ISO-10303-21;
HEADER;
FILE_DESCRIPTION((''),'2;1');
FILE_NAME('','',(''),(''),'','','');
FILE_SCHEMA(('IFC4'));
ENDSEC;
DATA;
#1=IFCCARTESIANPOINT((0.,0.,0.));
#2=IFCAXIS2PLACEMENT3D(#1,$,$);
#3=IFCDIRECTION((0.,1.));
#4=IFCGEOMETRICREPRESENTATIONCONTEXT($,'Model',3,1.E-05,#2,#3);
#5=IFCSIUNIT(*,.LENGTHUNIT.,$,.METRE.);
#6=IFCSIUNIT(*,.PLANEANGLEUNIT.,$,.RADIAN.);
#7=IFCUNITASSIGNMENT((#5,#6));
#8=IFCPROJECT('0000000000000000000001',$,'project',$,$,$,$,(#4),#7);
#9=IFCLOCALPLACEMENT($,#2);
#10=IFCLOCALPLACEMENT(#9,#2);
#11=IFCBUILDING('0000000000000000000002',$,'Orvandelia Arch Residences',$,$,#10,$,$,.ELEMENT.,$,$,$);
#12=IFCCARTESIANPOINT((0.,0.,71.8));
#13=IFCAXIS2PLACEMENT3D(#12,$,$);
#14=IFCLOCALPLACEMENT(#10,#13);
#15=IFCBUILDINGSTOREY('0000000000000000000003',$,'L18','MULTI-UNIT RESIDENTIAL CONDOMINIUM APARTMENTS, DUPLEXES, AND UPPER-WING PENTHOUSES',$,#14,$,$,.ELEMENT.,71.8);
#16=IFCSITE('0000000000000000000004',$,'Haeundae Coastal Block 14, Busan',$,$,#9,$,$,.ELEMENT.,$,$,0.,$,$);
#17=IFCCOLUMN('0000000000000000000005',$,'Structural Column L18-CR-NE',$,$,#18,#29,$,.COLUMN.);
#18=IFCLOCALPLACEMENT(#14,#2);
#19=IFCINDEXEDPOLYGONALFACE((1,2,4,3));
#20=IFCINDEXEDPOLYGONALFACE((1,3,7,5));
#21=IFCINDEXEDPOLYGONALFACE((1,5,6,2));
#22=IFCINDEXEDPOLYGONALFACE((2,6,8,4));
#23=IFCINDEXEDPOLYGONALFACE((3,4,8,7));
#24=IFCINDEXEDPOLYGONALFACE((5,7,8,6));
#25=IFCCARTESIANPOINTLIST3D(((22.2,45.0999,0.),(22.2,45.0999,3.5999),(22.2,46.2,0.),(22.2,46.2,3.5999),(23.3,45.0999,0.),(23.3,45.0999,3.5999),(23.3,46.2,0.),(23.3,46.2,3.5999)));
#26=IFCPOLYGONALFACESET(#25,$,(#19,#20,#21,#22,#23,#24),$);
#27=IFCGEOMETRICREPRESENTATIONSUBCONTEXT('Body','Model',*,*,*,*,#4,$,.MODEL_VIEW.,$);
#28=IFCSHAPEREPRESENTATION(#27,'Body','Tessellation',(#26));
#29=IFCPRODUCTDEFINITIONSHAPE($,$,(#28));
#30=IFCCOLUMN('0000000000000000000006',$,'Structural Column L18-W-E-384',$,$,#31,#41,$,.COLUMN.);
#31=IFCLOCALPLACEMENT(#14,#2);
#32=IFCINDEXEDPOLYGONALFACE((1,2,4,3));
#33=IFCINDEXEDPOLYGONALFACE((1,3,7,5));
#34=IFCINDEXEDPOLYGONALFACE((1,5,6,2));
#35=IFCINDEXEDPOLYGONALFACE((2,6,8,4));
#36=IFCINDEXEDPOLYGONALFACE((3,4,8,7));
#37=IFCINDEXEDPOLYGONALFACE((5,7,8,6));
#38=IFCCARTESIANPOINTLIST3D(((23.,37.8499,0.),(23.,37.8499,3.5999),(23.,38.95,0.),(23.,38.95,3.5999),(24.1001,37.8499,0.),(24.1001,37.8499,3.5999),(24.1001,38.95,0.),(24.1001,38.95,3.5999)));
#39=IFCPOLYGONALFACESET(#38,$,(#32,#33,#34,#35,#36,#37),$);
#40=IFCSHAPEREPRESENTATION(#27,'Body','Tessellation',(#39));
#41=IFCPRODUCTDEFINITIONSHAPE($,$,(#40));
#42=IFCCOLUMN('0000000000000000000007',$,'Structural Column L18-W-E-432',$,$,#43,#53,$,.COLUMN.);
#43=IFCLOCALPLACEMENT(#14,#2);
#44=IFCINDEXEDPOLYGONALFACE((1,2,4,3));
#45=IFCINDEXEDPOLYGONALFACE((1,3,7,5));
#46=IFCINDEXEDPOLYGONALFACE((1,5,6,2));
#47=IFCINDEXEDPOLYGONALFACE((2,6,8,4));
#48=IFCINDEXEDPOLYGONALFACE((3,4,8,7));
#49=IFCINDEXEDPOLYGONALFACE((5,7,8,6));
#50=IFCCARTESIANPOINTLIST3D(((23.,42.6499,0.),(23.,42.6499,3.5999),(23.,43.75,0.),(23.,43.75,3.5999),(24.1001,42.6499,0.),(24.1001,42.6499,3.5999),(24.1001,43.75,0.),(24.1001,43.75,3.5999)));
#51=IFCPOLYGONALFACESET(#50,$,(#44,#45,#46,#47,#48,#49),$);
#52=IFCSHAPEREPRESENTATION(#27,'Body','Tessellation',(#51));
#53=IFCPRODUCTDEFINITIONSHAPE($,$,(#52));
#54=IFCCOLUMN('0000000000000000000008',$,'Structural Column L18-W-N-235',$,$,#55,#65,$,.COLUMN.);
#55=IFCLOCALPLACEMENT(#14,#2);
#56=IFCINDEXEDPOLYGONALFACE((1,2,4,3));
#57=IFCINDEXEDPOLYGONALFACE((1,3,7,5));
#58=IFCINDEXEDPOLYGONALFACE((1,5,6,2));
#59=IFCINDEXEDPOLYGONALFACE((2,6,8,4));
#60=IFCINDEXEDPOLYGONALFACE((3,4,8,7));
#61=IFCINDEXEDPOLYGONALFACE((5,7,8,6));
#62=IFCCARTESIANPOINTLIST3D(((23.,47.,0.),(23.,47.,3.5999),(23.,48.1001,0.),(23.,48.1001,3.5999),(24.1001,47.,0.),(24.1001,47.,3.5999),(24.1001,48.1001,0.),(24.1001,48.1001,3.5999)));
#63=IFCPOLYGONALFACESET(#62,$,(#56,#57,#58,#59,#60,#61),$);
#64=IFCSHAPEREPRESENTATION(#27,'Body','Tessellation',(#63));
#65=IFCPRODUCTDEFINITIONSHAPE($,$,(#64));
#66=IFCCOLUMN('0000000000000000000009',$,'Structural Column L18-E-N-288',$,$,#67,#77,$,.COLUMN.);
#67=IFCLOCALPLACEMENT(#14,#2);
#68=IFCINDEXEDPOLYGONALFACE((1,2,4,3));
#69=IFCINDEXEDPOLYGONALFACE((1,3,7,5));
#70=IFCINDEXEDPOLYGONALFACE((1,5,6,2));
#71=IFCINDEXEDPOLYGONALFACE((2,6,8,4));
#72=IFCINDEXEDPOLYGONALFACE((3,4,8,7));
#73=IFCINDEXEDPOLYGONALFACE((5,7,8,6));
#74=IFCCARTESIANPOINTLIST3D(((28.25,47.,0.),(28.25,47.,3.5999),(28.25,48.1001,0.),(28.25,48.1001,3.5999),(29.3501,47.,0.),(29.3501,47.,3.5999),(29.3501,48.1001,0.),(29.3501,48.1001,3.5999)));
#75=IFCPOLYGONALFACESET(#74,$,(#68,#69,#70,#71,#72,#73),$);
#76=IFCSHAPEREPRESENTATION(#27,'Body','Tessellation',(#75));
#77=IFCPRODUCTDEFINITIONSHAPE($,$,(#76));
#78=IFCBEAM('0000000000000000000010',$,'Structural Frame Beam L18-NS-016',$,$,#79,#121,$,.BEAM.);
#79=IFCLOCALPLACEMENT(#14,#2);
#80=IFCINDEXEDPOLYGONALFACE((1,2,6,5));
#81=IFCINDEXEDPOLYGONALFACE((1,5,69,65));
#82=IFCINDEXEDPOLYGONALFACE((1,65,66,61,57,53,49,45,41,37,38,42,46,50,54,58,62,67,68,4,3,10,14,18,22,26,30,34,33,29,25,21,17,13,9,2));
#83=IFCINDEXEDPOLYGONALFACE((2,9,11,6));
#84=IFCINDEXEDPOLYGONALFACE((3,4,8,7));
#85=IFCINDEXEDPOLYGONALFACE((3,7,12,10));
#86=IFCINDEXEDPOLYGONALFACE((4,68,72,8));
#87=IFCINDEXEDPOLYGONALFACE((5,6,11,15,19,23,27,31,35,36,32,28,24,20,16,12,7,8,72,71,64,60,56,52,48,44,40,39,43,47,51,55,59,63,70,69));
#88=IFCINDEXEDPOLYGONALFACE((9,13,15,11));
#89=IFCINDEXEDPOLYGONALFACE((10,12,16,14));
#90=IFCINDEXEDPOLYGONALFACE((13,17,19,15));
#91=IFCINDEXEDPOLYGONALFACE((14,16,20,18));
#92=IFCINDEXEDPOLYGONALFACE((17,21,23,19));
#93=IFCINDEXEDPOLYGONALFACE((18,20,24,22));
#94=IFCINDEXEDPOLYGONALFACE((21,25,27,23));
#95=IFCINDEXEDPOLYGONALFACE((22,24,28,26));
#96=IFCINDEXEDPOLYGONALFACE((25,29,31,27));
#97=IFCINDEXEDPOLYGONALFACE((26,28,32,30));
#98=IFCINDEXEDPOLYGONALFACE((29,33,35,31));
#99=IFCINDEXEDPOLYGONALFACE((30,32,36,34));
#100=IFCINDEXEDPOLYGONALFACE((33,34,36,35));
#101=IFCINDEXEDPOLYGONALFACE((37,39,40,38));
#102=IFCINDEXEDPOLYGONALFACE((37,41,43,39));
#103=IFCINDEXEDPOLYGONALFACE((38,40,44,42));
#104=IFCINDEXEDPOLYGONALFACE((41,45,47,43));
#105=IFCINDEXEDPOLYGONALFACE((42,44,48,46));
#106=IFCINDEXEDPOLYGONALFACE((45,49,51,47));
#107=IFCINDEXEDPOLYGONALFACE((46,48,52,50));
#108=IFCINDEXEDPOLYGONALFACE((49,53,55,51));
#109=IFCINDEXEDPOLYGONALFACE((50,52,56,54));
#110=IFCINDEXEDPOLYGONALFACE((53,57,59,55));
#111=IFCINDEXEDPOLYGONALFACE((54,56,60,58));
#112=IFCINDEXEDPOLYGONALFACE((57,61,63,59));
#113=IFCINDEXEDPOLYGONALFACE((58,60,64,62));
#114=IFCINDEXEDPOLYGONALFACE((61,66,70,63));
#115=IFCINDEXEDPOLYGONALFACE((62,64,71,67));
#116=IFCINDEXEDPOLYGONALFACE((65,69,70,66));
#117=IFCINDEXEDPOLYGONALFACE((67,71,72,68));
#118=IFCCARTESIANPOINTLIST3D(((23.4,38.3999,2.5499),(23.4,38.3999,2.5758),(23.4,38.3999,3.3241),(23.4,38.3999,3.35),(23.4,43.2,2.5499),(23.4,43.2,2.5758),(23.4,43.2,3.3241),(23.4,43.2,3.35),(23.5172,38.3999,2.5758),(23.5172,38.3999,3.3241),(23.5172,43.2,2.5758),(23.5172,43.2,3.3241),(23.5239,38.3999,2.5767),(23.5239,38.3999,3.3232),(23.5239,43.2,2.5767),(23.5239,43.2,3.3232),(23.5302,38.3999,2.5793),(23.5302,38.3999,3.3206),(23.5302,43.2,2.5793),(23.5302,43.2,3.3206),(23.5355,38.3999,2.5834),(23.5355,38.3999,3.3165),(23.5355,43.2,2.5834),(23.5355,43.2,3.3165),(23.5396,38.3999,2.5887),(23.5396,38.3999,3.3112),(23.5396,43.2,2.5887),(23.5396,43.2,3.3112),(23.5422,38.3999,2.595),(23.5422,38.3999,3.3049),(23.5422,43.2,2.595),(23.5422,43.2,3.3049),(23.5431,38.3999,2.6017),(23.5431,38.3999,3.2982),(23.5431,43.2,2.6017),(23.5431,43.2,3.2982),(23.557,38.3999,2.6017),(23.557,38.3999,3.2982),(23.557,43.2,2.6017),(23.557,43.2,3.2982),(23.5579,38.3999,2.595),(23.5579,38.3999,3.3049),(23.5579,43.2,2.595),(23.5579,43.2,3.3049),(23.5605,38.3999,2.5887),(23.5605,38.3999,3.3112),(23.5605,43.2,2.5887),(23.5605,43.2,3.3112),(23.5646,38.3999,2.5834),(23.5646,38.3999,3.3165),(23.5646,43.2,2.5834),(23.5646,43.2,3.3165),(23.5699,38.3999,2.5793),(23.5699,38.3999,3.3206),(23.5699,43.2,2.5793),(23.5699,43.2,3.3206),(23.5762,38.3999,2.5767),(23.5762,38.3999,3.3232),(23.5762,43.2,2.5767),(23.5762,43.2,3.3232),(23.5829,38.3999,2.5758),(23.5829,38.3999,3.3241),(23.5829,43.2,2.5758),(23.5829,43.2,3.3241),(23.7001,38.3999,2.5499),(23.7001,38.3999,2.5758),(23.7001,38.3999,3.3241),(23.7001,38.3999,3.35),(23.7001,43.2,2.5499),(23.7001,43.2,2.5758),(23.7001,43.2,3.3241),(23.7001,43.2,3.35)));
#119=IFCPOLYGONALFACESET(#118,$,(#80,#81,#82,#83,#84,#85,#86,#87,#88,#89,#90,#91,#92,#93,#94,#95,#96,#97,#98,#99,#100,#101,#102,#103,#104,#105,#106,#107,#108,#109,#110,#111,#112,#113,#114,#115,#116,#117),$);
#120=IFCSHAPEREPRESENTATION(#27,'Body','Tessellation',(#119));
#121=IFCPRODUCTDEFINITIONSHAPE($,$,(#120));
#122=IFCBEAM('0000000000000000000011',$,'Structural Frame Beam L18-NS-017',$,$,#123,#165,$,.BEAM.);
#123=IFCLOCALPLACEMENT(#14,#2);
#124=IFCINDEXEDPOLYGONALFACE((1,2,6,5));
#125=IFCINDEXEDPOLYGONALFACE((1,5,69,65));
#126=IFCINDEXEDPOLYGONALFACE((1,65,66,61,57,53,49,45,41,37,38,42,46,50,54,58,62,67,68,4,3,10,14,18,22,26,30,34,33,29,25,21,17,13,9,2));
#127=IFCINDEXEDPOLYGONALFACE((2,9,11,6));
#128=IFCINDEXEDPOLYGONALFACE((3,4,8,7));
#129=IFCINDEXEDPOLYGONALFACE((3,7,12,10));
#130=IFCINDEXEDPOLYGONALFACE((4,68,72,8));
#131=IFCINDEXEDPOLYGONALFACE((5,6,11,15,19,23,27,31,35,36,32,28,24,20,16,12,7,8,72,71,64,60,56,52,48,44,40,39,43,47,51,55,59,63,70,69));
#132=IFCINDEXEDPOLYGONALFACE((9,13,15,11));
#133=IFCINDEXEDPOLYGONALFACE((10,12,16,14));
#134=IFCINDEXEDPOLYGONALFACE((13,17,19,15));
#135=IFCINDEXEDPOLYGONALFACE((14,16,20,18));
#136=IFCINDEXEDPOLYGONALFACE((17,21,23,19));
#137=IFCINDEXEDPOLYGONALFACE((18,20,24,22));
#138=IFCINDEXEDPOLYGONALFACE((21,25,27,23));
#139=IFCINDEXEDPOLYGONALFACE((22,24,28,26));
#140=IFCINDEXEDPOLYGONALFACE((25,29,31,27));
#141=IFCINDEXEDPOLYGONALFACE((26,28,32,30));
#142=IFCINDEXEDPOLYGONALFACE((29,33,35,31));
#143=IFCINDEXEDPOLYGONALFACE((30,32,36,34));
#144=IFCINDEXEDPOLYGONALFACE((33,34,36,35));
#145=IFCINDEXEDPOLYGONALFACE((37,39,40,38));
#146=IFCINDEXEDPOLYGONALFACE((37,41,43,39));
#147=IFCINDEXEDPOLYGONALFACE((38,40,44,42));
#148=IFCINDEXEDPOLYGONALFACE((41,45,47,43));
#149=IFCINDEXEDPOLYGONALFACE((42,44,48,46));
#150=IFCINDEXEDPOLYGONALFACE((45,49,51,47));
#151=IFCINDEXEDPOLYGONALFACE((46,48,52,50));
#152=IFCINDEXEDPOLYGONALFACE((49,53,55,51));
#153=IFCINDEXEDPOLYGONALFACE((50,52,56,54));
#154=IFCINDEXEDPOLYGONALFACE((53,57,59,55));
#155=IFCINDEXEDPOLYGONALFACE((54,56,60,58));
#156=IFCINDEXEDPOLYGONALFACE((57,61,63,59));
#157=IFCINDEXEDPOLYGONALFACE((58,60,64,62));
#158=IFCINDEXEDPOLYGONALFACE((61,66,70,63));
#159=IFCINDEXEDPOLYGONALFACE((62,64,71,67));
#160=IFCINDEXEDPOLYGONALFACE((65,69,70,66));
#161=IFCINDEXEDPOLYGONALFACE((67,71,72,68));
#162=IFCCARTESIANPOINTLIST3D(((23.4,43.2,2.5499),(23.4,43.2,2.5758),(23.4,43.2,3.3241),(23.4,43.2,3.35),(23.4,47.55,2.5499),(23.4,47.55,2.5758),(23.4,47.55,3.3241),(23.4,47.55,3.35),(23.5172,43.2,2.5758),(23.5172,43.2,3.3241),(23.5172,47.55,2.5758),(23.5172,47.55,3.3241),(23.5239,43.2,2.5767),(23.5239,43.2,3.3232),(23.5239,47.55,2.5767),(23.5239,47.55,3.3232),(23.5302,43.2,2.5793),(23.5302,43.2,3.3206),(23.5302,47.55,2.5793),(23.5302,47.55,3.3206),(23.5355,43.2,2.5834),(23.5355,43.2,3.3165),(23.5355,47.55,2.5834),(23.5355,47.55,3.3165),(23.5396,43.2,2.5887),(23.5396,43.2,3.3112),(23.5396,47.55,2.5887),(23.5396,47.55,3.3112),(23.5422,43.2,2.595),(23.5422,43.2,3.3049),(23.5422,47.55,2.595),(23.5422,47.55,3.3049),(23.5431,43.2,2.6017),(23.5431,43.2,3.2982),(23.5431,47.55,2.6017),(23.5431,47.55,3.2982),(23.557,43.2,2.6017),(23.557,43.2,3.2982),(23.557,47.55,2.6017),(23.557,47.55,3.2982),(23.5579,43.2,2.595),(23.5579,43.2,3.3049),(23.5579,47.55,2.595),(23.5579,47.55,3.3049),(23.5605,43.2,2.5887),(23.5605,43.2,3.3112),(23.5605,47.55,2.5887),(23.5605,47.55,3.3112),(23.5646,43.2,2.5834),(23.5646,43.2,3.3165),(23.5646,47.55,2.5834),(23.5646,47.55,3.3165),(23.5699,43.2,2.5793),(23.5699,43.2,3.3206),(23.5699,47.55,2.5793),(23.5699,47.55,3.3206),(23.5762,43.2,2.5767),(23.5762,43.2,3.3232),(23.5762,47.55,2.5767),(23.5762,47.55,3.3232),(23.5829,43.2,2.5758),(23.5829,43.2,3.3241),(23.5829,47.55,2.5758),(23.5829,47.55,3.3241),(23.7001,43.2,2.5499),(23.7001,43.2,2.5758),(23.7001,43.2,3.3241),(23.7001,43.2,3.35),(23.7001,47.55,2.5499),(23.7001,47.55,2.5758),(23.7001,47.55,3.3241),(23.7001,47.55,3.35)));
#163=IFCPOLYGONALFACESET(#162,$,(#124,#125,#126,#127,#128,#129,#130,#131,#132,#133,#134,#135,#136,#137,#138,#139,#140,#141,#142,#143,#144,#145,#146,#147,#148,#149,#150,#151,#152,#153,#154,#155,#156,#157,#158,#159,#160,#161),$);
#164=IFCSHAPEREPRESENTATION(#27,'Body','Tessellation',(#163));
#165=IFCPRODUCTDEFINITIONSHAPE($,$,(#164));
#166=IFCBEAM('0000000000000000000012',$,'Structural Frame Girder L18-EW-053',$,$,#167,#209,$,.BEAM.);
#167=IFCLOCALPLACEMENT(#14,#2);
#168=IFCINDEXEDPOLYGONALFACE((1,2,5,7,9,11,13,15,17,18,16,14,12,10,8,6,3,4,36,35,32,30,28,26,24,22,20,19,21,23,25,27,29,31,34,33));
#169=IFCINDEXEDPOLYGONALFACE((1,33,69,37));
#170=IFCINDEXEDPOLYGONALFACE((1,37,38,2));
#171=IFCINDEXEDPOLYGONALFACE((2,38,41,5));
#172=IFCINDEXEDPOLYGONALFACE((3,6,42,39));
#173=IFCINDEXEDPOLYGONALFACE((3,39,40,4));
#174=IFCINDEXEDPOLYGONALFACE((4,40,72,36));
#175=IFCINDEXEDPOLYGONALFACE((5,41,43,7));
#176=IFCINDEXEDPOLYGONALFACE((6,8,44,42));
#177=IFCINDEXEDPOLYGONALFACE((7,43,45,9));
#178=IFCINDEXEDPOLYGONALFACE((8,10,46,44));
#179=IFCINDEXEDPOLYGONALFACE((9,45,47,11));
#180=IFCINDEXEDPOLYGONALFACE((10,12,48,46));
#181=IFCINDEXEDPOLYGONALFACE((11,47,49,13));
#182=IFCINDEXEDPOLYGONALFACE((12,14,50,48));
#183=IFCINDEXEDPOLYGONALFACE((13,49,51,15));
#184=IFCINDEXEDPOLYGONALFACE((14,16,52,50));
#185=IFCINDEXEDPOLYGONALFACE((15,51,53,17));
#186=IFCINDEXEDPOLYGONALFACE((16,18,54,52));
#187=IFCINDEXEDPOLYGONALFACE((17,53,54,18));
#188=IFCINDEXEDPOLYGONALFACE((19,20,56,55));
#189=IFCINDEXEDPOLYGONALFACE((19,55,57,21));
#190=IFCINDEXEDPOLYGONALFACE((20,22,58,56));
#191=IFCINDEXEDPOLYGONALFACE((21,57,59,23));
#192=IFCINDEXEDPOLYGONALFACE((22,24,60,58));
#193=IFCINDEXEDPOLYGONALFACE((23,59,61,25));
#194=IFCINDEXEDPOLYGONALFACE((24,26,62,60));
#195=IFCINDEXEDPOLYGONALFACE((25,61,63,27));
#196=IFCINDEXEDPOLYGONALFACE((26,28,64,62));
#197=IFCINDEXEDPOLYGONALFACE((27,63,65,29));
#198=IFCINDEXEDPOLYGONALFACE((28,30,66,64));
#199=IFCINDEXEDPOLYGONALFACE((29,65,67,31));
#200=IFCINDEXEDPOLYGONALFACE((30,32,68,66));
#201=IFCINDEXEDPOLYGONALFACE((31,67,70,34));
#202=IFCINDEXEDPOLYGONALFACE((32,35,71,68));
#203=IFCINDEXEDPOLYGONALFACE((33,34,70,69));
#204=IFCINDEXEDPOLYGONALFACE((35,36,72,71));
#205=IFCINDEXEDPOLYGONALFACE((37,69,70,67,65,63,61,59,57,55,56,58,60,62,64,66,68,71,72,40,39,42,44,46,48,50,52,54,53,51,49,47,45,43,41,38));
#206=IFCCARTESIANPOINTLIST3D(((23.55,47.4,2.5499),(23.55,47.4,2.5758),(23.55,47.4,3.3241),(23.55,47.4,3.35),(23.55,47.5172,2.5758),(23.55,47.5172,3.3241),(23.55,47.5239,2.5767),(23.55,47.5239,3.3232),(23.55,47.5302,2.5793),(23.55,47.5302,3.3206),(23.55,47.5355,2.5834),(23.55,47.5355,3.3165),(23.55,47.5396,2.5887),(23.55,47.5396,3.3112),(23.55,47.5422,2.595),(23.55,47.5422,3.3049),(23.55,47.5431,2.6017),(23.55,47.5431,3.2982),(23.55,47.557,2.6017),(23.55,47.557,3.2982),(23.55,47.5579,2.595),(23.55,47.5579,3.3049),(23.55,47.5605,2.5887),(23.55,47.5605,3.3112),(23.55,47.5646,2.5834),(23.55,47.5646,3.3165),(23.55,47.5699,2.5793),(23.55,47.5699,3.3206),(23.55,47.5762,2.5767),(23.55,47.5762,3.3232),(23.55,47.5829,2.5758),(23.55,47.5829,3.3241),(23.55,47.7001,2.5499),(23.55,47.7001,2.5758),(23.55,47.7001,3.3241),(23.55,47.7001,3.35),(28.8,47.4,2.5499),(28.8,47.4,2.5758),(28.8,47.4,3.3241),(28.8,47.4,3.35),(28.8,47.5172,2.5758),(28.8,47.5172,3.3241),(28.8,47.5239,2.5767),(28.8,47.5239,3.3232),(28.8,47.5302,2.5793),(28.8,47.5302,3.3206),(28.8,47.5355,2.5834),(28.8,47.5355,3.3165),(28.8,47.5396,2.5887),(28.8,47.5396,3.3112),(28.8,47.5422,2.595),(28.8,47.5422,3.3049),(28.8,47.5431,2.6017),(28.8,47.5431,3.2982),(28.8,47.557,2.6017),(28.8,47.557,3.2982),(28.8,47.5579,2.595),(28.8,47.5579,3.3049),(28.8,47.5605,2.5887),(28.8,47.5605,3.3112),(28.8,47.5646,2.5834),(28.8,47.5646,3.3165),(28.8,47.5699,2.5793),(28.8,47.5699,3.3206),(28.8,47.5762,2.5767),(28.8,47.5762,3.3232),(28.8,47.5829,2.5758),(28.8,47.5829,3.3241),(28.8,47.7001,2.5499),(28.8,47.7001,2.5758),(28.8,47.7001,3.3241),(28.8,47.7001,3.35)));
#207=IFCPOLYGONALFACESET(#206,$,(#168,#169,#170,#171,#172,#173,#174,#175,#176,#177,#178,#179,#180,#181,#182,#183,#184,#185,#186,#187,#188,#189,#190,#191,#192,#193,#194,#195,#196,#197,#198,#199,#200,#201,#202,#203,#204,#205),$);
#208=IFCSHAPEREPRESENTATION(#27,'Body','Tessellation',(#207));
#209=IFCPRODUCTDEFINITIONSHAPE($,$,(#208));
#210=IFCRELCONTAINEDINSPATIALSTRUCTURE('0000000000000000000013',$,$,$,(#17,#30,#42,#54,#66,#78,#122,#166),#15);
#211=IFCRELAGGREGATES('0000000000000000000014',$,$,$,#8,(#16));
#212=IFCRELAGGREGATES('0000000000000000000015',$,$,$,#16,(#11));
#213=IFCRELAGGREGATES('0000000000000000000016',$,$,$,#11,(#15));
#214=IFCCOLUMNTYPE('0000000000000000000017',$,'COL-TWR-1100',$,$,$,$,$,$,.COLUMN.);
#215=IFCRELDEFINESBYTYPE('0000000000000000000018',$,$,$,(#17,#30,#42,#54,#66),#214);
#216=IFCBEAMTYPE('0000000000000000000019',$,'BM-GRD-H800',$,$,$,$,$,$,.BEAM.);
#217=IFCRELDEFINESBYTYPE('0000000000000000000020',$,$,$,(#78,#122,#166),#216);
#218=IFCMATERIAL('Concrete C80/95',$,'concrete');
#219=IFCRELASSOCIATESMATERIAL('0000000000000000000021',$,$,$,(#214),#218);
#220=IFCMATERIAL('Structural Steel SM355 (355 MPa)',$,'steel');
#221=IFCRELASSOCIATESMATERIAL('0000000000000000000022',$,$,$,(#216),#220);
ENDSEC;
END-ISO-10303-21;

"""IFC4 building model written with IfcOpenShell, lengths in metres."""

from ifc_helpers import new_model, si_unit, direction, frame, origin, origin_2d, place, context, subcontext, project, spatial, rectangle, i_section, extrude, material, material_profile, profile_set, type_object, element, save


model = new_model("IFC4")

# Units and contexts
model_context = context("Model", 3, precision=1e-05, world=origin(), true_north=direction((0.0, 1.0)))
body_context = subcontext(model_context, "Body", "Model", "MODEL_VIEW")
ifc_project = project(units=[si_unit("LENGTHUNIT", "METRE"), si_unit("PLANEANGLEUNIT", "RADIAN")], contexts=[model_context])

# Site, building, storey
site_placement = place(None, origin())
site = spatial("IfcSite", under=ifc_project, at=site_placement, Name="Haeundae Coastal Block 14, Busan", CompositionType="ELEMENT", RefElevation=0.0)
building_placement = place(site_placement, origin())
building = spatial("IfcBuilding", under=site, at=building_placement, Name="Orvandelia Arch Residences", CompositionType="ELEMENT")
storey_placement = place(building_placement, frame((0.0, 0.0, 71.8)))
storey = spatial("IfcBuildingStorey", under=building, at=storey_placement, Name="L18", Description="MULTI-UNIT RESIDENTIAL CONDOMINIUM APARTMENTS, DUPLEXES, AND UPPER-WING PENTHOUSES", CompositionType="ELEMENT", Elevation=71.8)

# Columns
ifc_material_1 = material(Name="Concrete C80/95", Category="concrete")
ifc_material_profile_1 = material_profile(ifc_material_1, rectangle(XDim=1.1001, YDim=1.1001, at=origin_2d()), Name="Concrete C80/95", Category="concrete")
ifc_profile_set_1 = profile_set([ifc_material_profile_1], Name="Concrete C80/95")
column_type = type_object("IfcColumnType", Name="COL-TWR-1100", PredefinedType="COLUMN", material=ifc_profile_set_1)
for number, where, z_axis, x_axis, name in (
    (1, (22.75, 45.6499, 0.0), (0.0, 0.0, 1.0), (1.0, 0.0, 0.0), "Structural Column L18-CR-NE"),
    (2, (23.55, 38.3999, 0.0), (0.0, 0.0, 1.0), (1.0, 0.0, 0.0), "Structural Column L18-W-E-384"),
    (3, (23.55, 43.2, 0.0), (0.0, 0.0, 1.0), (1.0, 0.0, 0.0), "Structural Column L18-W-E-432"),
    (4, (23.55, 47.55, 0.0), (0.0, 0.0, 1.0), (1.0, 0.0, 0.0), "Structural Column L18-W-N-235"),
    (5, (28.8, 47.55, 0.0), (0.0, 0.0, 1.0), (1.0, 0.0, 0.0), "Structural Column L18-E-N-288"),
):
    element("IfcColumn", number, at=place(storey_placement, frame(where, z_axis=z_axis, x_axis=x_axis)), inside=storey, type_object=column_type, Name=name, PredefinedType="COLUMN", context=body_context, shape_type="SweptSolid", body=[
        extrude(rectangle(XDim=1.1001, YDim=1.1001, at=origin_2d()), origin(), (0.0, 0.0, 1.0), 3.5999),
    ])

# Beams
ifc_material_2 = material(Name="Structural Steel SM355 (355 MPa)", Category="steel")
ifc_material_profile_2 = material_profile(ifc_material_2, i_section(OverallWidth=0.3, OverallDepth=0.8, WebThickness=0.0139, FlangeThickness=0.0259, FilletRadius=0.0259, at=origin_2d()), Name="Structural Steel SM355 (355 MPa)", Category="steel")
ifc_profile_set_2 = profile_set([ifc_material_profile_2], Name="Structural Steel SM355 (355 MPa)")
beam_type = type_object("IfcBeamType", Name="BM-GRD-H800", PredefinedType="BEAM", material=ifc_profile_set_2)
beam_1_placement = place(storey_placement, frame((23.55, 38.3999, 2.95), z_axis=(0.0, 1.0, 0.0), x_axis=(-1.0, 0.0, 0.0)))
element("IfcBeam", 6, at=beam_1_placement, inside=storey, type_object=beam_type, Name="Structural Frame Beam L18-NS-016", PredefinedType="BEAM", context=body_context, shape_type="SweptSolid", body=[
    extrude(i_section(OverallWidth=0.3, OverallDepth=0.8, WebThickness=0.0139, FlangeThickness=0.0259, FilletRadius=0.0259, at=origin_2d()), origin(), (0.0, 0.0, 1.0), 4.8),
])
beam_2_placement = place(storey_placement, frame((23.55, 43.2, 2.95), z_axis=(0.0, 1.0, 0.0), x_axis=(-1.0, 0.0, 0.0)))
element("IfcBeam", 7, at=beam_2_placement, inside=storey, type_object=beam_type, Name="Structural Frame Beam L18-NS-017", PredefinedType="BEAM", context=body_context, shape_type="SweptSolid", body=[
    extrude(i_section(OverallWidth=0.3, OverallDepth=0.8, WebThickness=0.0139, FlangeThickness=0.0259, FilletRadius=0.0259, at=origin_2d()), origin(), (0.0, 0.0, 1.0), 4.3501),
])
beam_3_placement = place(storey_placement, frame((23.55, 47.55, 2.95), z_axis=(1.0, 0.0, 0.0), x_axis=(0.0, 1.0, 0.0)))
element("IfcBeam", 8, at=beam_3_placement, inside=storey, type_object=beam_type, Name="Structural Frame Girder L18-EW-053", PredefinedType="BEAM", context=body_context, shape_type="SweptSolid", body=[
    extrude(i_section(OverallWidth=0.3, OverallDepth=0.8, WebThickness=0.0139, FlangeThickness=0.0259, FilletRadius=0.0259, at=origin_2d()), origin(), (0.0, 0.0, 1.0), 5.25),
])

save(model, "model.ifc")
